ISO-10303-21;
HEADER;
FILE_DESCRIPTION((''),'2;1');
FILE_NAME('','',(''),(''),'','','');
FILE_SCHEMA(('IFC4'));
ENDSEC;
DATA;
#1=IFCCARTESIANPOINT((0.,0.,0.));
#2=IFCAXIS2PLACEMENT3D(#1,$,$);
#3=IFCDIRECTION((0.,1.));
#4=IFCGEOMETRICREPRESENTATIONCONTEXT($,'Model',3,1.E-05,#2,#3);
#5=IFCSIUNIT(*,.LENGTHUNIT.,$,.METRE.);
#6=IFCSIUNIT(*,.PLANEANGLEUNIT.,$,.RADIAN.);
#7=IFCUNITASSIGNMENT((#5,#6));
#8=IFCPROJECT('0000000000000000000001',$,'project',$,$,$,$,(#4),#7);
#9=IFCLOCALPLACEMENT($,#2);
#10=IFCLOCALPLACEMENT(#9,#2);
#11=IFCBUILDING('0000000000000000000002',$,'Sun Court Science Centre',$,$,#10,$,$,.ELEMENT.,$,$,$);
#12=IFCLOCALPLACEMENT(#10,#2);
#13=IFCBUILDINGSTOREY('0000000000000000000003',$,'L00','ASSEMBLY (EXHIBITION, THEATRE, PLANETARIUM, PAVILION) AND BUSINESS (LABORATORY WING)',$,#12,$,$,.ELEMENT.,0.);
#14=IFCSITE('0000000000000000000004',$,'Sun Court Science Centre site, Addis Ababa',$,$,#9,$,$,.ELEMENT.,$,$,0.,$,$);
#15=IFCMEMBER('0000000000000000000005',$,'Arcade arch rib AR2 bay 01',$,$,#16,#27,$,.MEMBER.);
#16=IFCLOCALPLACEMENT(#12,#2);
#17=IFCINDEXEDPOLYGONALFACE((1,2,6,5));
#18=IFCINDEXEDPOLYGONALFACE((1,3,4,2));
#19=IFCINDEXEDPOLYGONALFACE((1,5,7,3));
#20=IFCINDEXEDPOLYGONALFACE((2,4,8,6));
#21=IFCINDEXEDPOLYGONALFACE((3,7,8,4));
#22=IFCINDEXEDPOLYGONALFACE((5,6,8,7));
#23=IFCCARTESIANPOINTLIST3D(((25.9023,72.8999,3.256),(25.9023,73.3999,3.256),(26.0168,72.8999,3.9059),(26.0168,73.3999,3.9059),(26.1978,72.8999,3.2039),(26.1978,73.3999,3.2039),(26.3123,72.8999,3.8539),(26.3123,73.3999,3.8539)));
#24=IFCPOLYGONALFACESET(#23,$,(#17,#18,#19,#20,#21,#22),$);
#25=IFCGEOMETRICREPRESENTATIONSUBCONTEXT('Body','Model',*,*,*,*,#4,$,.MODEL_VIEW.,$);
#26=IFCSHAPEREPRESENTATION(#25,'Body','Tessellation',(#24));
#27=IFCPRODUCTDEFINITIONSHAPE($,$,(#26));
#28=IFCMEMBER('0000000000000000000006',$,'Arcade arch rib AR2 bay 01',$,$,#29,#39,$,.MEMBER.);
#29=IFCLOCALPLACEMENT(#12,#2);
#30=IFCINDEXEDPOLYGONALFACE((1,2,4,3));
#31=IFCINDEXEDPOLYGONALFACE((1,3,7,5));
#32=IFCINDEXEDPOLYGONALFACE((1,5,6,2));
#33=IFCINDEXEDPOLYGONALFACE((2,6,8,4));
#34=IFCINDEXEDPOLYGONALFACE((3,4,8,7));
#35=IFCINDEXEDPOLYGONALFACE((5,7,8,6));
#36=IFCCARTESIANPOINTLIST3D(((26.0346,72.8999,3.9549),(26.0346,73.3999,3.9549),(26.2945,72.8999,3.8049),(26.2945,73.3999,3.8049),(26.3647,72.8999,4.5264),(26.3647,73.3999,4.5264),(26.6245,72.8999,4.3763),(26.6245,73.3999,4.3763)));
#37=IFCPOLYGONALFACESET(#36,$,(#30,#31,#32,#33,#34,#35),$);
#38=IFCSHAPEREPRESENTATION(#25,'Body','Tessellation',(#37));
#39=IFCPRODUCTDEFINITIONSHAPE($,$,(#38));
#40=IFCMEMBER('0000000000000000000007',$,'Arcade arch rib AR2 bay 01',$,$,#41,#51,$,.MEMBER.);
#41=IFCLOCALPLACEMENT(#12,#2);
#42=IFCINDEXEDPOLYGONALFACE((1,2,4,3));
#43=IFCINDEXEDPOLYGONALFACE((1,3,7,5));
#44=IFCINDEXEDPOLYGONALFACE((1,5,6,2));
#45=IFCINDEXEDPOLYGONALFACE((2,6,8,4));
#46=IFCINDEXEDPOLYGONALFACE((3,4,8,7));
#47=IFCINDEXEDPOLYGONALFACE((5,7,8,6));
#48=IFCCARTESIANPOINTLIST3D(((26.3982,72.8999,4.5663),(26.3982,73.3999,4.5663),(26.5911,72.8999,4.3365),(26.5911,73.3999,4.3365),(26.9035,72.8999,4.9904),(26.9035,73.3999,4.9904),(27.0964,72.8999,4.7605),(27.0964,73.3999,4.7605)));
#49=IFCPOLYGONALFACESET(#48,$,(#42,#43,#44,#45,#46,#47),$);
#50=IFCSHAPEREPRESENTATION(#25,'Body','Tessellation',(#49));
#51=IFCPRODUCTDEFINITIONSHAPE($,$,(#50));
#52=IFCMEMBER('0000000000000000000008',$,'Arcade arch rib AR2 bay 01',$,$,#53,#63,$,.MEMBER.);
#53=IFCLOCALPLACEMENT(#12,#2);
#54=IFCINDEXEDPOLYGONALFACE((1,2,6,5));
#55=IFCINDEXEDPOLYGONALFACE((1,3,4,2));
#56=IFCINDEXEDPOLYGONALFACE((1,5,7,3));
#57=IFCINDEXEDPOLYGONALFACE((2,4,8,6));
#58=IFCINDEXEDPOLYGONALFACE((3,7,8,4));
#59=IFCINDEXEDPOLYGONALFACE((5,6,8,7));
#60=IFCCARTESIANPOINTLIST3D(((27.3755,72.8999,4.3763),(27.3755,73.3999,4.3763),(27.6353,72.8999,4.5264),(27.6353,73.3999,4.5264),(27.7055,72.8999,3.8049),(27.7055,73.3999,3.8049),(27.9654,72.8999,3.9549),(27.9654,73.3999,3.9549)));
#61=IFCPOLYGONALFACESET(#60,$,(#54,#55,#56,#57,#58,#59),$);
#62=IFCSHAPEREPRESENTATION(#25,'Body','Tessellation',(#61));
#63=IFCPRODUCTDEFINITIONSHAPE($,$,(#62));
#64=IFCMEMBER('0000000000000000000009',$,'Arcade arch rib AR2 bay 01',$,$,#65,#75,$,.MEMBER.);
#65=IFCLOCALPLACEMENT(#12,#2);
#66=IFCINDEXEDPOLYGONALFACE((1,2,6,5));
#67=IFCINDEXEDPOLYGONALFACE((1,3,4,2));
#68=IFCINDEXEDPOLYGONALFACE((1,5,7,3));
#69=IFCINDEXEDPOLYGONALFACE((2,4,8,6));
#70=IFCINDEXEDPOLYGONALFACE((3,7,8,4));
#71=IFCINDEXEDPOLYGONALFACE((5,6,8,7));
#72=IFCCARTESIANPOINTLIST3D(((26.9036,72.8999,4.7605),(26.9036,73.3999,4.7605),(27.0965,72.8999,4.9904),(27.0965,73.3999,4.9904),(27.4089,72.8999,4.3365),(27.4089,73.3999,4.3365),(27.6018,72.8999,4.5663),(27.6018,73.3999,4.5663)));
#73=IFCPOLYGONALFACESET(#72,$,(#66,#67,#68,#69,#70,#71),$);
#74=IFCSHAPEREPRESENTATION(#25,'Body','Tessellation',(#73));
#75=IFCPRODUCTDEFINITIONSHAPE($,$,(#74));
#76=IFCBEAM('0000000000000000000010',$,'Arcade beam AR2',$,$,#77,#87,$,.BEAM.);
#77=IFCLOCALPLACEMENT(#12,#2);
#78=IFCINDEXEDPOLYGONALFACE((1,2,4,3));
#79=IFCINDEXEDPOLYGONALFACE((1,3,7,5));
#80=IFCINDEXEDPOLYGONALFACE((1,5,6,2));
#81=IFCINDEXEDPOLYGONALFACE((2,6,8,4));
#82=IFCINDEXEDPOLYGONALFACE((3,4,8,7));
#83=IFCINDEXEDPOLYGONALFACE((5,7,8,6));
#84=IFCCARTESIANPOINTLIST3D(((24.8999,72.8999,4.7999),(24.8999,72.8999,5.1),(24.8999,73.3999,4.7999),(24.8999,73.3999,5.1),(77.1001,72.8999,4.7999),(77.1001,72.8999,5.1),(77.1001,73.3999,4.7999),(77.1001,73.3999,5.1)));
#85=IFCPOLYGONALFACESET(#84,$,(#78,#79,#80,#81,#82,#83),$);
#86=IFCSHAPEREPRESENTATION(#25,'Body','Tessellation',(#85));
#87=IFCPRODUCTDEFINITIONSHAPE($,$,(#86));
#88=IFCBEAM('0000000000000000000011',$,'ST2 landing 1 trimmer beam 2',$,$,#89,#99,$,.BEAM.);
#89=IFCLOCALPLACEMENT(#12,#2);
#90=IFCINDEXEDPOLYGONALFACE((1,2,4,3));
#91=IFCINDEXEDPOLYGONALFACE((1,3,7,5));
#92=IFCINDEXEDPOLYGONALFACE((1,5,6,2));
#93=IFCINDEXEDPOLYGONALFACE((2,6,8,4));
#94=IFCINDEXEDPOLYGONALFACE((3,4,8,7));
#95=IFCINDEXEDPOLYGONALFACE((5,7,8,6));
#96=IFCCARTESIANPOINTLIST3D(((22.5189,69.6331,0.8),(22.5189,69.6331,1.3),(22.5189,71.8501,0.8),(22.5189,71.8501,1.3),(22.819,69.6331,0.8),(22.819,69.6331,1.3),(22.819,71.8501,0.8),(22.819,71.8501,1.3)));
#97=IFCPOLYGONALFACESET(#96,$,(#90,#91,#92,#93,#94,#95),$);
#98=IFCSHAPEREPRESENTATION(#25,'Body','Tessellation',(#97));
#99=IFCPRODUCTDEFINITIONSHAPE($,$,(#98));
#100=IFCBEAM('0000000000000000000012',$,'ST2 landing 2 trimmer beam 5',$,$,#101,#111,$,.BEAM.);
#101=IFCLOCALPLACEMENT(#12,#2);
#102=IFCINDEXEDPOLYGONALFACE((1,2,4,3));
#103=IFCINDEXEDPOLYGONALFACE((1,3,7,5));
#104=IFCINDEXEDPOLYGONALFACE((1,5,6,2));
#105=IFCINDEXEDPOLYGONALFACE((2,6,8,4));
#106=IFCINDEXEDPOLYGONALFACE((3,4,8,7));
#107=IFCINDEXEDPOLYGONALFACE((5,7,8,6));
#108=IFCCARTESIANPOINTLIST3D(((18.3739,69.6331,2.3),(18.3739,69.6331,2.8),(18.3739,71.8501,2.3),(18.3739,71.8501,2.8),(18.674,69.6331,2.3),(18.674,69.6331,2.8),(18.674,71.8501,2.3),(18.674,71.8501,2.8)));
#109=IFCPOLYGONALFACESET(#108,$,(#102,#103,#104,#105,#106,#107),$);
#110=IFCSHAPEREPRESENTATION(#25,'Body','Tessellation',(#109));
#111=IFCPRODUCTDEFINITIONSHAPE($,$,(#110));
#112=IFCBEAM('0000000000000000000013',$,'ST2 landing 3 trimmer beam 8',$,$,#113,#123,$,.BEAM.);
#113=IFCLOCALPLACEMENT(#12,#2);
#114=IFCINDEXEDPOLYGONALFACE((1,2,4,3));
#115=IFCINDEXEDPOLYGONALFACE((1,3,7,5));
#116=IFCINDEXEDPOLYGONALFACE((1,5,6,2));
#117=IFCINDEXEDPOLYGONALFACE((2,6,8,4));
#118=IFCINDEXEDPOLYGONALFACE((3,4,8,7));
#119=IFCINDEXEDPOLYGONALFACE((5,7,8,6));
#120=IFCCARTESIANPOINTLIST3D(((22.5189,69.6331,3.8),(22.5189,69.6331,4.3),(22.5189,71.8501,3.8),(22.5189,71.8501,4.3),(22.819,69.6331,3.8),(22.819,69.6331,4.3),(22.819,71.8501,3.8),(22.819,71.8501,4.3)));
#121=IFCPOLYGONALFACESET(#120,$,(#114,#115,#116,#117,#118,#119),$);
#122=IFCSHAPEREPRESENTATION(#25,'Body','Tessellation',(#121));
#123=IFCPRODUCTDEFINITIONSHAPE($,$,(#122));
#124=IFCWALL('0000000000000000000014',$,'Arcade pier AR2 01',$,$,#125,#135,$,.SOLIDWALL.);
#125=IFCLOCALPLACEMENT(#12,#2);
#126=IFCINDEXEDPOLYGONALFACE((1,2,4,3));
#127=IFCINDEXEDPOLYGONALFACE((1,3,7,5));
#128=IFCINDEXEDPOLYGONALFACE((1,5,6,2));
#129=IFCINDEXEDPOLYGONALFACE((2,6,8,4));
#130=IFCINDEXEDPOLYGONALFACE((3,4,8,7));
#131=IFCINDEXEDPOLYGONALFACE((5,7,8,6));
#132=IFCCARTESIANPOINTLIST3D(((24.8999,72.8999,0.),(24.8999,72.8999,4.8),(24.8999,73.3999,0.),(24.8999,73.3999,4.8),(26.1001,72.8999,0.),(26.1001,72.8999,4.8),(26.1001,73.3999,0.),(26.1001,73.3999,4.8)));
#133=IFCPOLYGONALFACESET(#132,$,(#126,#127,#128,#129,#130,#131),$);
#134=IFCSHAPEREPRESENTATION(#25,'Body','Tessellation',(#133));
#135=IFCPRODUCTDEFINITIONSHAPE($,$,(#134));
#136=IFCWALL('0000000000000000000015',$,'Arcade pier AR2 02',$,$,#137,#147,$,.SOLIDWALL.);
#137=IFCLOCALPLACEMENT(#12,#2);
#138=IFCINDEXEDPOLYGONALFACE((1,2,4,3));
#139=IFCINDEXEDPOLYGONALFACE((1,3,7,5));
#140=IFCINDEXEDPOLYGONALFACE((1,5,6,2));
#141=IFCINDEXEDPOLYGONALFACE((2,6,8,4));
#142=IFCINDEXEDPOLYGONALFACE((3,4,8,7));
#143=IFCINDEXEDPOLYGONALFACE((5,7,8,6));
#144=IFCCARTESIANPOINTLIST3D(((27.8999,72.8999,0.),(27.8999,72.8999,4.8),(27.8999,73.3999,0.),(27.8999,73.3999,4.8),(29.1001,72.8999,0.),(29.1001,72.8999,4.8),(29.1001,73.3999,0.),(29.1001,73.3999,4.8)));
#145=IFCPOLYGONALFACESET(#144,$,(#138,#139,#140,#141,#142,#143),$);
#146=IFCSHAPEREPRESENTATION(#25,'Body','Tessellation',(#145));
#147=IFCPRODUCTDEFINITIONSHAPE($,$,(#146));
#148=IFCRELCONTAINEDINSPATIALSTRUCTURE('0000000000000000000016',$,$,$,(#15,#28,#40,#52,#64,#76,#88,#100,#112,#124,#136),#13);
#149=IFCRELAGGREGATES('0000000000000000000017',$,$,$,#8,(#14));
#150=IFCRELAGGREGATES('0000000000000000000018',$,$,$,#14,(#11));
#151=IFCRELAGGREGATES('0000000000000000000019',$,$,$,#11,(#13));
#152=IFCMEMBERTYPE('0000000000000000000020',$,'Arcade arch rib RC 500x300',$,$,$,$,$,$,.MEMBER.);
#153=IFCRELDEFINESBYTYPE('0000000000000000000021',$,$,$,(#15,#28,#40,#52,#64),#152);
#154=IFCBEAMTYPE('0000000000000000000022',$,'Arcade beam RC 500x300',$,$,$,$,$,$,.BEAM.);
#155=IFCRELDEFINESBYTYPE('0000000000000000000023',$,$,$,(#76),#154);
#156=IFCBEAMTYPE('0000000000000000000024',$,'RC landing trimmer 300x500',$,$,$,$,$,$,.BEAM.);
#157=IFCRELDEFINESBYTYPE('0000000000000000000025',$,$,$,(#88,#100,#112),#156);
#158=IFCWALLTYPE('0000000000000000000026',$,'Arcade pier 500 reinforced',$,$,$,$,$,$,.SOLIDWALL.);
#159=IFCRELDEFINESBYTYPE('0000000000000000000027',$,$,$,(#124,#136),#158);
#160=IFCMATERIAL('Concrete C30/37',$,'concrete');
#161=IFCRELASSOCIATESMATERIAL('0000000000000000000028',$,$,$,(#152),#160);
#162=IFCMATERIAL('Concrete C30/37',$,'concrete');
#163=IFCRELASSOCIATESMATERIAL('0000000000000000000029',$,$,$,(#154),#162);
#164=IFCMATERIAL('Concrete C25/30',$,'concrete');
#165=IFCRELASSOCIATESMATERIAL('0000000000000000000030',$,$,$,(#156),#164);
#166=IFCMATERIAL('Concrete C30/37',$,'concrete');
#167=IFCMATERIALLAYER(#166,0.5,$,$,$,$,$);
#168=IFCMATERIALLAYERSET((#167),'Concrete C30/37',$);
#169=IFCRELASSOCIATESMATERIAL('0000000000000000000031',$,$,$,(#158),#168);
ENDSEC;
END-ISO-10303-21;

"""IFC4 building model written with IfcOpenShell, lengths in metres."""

from ifc_helpers import new_model, si_unit, direction, frame, frame_2d, origin, origin_2d, place, context, subcontext, project, spatial, rectangle, extrude, material, layer, layer_set, material_profile, profile_set, type_object, element, save


model = new_model("IFC4")

# Units and contexts
model_context = context("Model", 3, precision=1e-05, world=origin(), true_north=direction((0.0, 1.0)))
body_context = subcontext(model_context, "Body", "Model", "MODEL_VIEW")
ifc_project = project(units=[si_unit("LENGTHUNIT", "METRE"), si_unit("PLANEANGLEUNIT", "RADIAN")], contexts=[model_context])

# Site, building, storey
site_placement = place(None, origin())
site = spatial("IfcSite", under=ifc_project, at=site_placement, Name="Sun Court Science Centre site, Addis Ababa", CompositionType="ELEMENT", RefElevation=0.0)
building_placement = place(site_placement, origin())
building = spatial("IfcBuilding", under=site, at=building_placement, Name="Sun Court Science Centre", CompositionType="ELEMENT")
storey_placement = place(building_placement, origin())
storey = spatial("IfcBuildingStorey", under=building, at=storey_placement, Name="L00", Description="ASSEMBLY (EXHIBITION, THEATRE, PLANETARIUM, PAVILION) AND BUSINESS (LABORATORY WING)", CompositionType="ELEMENT", Elevation=0.0)

# Members
ifc_material_1 = material(Name="Concrete C30/37", Category="concrete")
ifc_material_profile_1 = material_profile(ifc_material_1, rectangle(XDim=0.5, YDim=0.3, at=origin_2d()), Name="RC 500x300")
ifc_profile_set_1 = profile_set([ifc_material_profile_1], Name="Concrete C30/37")
member_type = type_object("IfcMemberType", Name="Arcade arch rib RC 500x300", PredefinedType="MEMBER", material=ifc_profile_set_1)
for number, where, z_axis, x_axis, name in (
    (1, (26.05, 73.1499, 3.23), (0.173511, 0.0, 0.984832), (0.0, 1.0, 0.0), "Arcade arch rib AR2 bay 01"),
    (2, (26.1646, 73.1499, 3.8799), (0.500117, 0.0, 0.865958), (0.0, 1.0, 0.0), "Arcade arch rib AR2 bay 01"),
):
    element("IfcMember", number, at=place(storey_placement, frame(where, z_axis=z_axis, x_axis=x_axis)), inside=storey, type_object=member_type, Name=name, PredefinedType="MEMBER", context=body_context, shape_type="SweptSolid", body=[
        extrude(rectangle(XDim=0.5, YDim=0.3, at=origin_2d()), origin(), (0.0, 0.0, 1.0), 0.6599),
    ])
member_1_placement = place(storey_placement, frame((26.4946, 73.1499, 4.4514), z_axis=(0.766033, 0.0, 0.642801), x_axis=(0.0, 1.0, 0.0)))
element("IfcMember", 3, at=member_1_placement, inside=storey, type_object=member_type, Name="Arcade arch rib AR2 bay 01", PredefinedType="MEMBER", context=body_context, shape_type="SweptSolid", body=[
    extrude(rectangle(XDim=0.5, YDim=0.3, at=origin_2d()), origin(), (0.0, 0.0, 1.0), 0.6597),
])
member_2_placement = place(storey_placement, frame((27.8354, 73.1499, 3.8799), z_axis=(-0.500117, 0.0, 0.865958), x_axis=(0.0, -1.0, 0.0)))
element("IfcMember", 4, at=member_2_placement, inside=storey, type_object=member_type, Name="Arcade arch rib AR2 bay 01", PredefinedType="MEMBER", context=body_context, shape_type="SweptSolid", body=[
    extrude(rectangle(XDim=0.5, YDim=0.3, at=origin_2d()), origin(), (0.0, 0.0, 1.0), 0.6599),
])
member_3_placement = place(storey_placement, frame((27.5054, 73.1499, 4.4514), z_axis=(-0.766033, 0.0, 0.642801), x_axis=(0.0, -1.0, 0.0)))
element("IfcMember", 5, at=member_3_placement, inside=storey, type_object=member_type, Name="Arcade arch rib AR2 bay 01", PredefinedType="MEMBER", context=body_context, shape_type="SweptSolid", body=[
    extrude(rectangle(XDim=0.5, YDim=0.3, at=origin_2d()), origin(), (0.0, 0.0, 1.0), 0.6597),
])

# Beams
ifc_material_2 = material(Name="Concrete C30/37", Category="concrete")
ifc_material_profile_2 = material_profile(ifc_material_2, rectangle(XDim=0.5, YDim=0.3, at=origin_2d()), Name="RC 500x300")
ifc_profile_set_2 = profile_set([ifc_material_profile_2], Name="Concrete C30/37")
beam_type_1 = type_object("IfcBeamType", Name="Arcade beam RC 500x300", PredefinedType="BEAM", material=ifc_profile_set_2)
beam_placement = place(storey_placement, frame((24.8999, 73.1499, 4.95), z_axis=(1.0, 0.0, 0.0), x_axis=(0.0, 1.0, 0.0)))
element("IfcBeam", 6, at=beam_placement, inside=storey, type_object=beam_type_1, Name="Arcade beam AR2", PredefinedType="BEAM", context=body_context, shape_type="SweptSolid", body=[
    extrude(rectangle(XDim=0.5, YDim=0.3, at=origin_2d()), origin(), (0.0, 0.0, 1.0), 52.2002),
])
ifc_material_3 = material(Name="Concrete C25/30", Category="concrete")
ifc_material_profile_3 = material_profile(ifc_material_3, rectangle(XDim=0.3, YDim=0.5, at=origin_2d()), Name="RC 300x500")
ifc_profile_set_3 = profile_set([ifc_material_profile_3], Name="Concrete C25/30")
beam_type_2 = type_object("IfcBeamType", Name="RC landing trimmer 300x500", PredefinedType="BEAM", material=ifc_profile_set_3)
for number, where, z_axis, x_axis, name in (
    (7, (22.6689, 71.8501, 1.05), (0.0, -1.0, 0.0), (1.0, 0.0, 0.0), "ST2 landing 1 trimmer beam 2"),
    (8, (18.5239, 71.8501, 2.55), (0.0, -1.0, 0.0), (1.0, 0.0, 0.0), "ST2 landing 2 trimmer beam 5"),
    (9, (22.6689, 71.8501, 4.05), (0.0, -1.0, 0.0), (1.0, 0.0, 0.0), "ST2 landing 3 trimmer beam 8"),
):
    element("IfcBeam", number, at=place(storey_placement, frame(where, z_axis=z_axis, x_axis=x_axis)), inside=storey, type_object=beam_type_2, Name=name, PredefinedType="BEAM", context=body_context, shape_type="SweptSolid", body=[
        extrude(rectangle(XDim=0.3, YDim=0.5, at=origin_2d()), origin(), (0.0, 0.0, 1.0), 2.217),
    ])

# Walls
ifc_material_4 = material(Name="Concrete C30/37", Category="concrete")
ifc_layer_1 = layer(ifc_material_4, 0.5)
ifc_layer_set_1 = layer_set([ifc_layer_1], Name="Concrete C30/37")
wall_type_1 = type_object("IfcWallType", Name="Arcade pier 500 reinforced", PredefinedType="SOLIDWALL", material=ifc_layer_set_1)
for number, where, z_axis, x_axis, name in (
    (10, (24.8999, 73.1499, 0.0), (0.0, 0.0, 1.0), (1.0, 0.0, 0.0), "Arcade pier AR2 01"),
    (11, (27.8999, 73.1499, 0.0), (0.0, 0.0, 1.0), (1.0, 0.0, 0.0), "Arcade pier AR2 02"),
):
    element("IfcWall", number, at=place(storey_placement, frame(where, z_axis=z_axis, x_axis=x_axis)), inside=storey, type_object=wall_type_1, Name=name, PredefinedType="SOLIDWALL", context=body_context, shape_type="SweptSolid", body=[
        extrude(rectangle(XDim=1.2002, YDim=0.5, at=frame_2d((0.6001, 0.0))), origin(), (0.0, 0.0, 1.0), 4.8),
    ])

save(model, "model.ifc")
